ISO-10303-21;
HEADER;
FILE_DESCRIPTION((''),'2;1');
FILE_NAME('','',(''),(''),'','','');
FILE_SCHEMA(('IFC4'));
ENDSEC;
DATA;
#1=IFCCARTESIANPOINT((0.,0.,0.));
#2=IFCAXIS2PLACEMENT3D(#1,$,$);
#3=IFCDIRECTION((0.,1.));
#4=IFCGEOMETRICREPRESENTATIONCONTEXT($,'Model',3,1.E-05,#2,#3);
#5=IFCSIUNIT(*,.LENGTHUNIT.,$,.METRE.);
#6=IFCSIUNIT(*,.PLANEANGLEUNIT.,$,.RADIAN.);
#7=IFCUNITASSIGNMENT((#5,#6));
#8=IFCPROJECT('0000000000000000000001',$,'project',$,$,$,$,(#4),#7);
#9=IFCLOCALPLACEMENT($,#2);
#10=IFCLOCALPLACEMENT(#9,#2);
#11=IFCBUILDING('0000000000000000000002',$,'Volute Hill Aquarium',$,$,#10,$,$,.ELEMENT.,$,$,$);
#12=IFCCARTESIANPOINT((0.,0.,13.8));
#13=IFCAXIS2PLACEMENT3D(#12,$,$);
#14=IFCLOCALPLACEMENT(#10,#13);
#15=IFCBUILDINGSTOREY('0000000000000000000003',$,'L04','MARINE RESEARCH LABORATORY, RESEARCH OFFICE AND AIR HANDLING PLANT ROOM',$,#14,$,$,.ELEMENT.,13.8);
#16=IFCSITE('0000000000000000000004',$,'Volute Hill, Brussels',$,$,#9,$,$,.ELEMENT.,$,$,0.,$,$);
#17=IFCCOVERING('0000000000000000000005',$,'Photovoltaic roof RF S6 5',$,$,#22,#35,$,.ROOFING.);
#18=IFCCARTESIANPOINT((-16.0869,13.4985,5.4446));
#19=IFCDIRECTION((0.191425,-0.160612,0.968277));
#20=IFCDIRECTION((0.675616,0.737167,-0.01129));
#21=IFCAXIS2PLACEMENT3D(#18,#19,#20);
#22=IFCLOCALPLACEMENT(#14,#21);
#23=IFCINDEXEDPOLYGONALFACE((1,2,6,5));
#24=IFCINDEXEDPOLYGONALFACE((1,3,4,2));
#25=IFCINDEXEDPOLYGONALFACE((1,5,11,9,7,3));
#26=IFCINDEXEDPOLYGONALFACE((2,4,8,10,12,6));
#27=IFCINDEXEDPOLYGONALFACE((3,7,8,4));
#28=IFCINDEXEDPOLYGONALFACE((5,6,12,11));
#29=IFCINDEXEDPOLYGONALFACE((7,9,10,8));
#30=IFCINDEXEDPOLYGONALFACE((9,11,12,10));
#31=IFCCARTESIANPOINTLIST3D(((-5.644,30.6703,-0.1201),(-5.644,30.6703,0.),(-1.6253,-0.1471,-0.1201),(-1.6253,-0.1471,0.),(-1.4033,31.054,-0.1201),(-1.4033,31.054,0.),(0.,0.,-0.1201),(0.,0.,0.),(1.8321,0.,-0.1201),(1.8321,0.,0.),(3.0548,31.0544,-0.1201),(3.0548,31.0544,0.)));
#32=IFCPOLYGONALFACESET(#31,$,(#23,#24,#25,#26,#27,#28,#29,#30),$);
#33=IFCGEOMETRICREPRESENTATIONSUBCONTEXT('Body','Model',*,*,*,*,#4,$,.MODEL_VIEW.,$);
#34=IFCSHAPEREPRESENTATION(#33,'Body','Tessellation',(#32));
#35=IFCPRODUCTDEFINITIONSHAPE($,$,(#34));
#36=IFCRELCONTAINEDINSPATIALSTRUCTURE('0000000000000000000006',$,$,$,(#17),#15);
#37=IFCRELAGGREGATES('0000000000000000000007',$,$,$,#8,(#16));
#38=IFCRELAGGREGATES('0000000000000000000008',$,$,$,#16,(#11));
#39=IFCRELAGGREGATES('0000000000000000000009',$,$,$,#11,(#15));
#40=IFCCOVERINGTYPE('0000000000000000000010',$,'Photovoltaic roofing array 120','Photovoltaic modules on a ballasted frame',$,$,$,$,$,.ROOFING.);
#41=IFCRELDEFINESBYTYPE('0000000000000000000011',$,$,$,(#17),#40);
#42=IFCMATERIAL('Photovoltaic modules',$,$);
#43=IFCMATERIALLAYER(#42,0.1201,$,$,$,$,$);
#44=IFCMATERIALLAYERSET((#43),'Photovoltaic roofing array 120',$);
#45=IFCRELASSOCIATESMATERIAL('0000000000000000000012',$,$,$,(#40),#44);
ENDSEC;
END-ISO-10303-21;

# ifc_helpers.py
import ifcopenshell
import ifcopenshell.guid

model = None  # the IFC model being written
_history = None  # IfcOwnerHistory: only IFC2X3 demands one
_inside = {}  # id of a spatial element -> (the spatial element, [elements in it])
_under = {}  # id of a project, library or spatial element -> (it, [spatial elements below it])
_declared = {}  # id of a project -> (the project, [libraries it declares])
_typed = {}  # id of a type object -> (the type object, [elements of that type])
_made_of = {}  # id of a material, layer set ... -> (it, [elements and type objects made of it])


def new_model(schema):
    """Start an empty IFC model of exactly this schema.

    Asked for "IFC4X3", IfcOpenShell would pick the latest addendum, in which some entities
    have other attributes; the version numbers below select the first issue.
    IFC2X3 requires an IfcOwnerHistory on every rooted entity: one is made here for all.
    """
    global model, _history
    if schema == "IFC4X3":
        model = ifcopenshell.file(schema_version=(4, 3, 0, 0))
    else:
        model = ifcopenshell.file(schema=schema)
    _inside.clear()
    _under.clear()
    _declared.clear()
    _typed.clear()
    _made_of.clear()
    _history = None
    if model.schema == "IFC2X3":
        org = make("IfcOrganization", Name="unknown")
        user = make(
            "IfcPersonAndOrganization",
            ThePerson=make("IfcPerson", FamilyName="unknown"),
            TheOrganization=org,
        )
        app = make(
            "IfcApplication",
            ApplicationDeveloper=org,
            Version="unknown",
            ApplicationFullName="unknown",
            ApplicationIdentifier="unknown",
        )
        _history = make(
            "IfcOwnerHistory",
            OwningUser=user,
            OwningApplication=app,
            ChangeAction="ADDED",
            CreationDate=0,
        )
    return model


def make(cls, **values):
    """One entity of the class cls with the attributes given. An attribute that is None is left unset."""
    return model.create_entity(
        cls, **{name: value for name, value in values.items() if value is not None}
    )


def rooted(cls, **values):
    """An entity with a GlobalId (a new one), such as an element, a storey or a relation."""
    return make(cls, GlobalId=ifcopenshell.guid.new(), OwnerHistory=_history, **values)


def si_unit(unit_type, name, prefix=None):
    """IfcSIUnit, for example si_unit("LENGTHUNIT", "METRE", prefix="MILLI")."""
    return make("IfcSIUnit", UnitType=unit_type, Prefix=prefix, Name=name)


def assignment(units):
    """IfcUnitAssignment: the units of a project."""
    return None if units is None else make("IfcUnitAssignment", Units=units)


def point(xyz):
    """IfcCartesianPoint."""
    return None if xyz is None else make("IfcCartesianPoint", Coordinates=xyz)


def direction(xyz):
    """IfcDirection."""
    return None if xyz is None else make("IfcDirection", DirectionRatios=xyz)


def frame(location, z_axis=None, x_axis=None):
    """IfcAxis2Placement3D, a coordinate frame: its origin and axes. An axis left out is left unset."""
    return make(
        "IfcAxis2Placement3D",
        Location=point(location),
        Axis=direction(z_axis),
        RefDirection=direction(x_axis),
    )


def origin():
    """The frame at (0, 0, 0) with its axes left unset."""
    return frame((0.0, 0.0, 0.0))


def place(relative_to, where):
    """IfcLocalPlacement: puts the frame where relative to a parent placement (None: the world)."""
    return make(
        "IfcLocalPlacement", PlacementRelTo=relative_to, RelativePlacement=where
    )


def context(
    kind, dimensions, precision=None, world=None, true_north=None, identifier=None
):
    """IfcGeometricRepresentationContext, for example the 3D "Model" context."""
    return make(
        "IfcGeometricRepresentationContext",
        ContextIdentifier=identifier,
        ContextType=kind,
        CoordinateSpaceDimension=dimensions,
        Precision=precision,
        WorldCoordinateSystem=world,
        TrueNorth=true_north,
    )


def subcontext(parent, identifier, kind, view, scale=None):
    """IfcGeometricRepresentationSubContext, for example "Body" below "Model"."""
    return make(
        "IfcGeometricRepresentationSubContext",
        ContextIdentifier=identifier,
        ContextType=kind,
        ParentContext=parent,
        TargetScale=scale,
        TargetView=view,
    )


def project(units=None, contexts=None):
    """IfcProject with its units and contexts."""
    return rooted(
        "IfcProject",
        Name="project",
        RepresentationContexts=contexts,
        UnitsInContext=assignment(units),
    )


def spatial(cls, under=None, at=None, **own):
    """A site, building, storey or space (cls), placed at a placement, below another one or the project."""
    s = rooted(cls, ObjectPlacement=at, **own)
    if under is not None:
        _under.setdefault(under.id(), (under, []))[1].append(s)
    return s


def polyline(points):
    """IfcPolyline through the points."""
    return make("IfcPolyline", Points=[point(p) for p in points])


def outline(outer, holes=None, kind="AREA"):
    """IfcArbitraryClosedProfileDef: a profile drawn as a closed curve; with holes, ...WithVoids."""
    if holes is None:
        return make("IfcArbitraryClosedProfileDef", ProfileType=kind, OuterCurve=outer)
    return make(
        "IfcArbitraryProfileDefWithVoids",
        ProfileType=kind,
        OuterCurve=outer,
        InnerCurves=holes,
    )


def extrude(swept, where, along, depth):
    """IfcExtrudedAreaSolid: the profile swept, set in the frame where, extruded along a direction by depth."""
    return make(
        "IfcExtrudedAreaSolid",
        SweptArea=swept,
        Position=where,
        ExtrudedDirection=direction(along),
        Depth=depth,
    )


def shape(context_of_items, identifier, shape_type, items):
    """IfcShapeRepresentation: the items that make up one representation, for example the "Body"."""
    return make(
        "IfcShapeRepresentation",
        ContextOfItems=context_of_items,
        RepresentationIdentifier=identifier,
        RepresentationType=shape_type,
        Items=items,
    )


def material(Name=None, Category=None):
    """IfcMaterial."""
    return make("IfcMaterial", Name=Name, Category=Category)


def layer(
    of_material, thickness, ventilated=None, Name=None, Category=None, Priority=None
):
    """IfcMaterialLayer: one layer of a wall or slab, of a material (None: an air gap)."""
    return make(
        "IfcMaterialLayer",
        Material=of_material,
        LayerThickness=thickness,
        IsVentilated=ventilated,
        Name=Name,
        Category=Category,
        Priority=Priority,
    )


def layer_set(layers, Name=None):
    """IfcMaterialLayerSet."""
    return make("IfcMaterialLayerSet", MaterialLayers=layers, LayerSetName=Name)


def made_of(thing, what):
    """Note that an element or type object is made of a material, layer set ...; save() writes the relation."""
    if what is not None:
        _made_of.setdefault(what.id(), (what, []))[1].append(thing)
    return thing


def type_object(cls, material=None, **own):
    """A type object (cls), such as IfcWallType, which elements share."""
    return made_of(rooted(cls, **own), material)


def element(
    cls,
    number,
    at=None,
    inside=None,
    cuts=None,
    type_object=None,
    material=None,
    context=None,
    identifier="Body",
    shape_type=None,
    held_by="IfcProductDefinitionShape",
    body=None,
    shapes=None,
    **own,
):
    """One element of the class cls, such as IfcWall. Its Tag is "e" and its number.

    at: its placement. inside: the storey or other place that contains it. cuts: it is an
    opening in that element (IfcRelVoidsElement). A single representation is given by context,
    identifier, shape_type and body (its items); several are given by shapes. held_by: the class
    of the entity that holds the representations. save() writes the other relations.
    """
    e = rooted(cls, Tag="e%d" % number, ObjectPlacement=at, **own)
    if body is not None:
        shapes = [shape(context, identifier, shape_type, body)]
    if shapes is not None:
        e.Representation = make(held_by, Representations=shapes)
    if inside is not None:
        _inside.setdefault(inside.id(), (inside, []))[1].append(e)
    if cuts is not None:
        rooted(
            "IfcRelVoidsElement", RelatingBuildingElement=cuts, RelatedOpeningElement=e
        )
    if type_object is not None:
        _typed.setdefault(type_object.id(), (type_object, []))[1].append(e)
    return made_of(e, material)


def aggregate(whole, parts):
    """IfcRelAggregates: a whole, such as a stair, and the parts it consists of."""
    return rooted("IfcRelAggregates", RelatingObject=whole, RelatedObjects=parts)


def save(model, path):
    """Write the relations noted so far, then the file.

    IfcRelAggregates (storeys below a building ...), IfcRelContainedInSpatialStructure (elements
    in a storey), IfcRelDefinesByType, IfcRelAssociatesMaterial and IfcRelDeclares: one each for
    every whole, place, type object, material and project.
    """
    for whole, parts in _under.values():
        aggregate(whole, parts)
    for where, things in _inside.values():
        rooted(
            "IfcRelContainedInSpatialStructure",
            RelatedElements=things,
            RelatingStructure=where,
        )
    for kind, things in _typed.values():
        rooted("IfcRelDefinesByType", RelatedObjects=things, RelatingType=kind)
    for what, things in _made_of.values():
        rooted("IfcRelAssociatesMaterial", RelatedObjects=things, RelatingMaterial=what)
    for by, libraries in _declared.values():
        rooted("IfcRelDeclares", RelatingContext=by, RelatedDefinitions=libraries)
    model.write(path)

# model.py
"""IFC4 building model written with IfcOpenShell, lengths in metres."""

from ifc_helpers import new_model, si_unit, direction, frame, origin, place, context, subcontext, project, spatial, polyline, outline, extrude, material, layer, layer_set, type_object, element, save


model = new_model("IFC4")

# Units and contexts
model_context = context("Model", 3, precision=1e-05, world=origin(), true_north=direction((0.0, 1.0)))
body_context = subcontext(model_context, "Body", "Model", "MODEL_VIEW")
ifc_project = project(units=[si_unit("LENGTHUNIT", "METRE"), si_unit("PLANEANGLEUNIT", "RADIAN")], contexts=[model_context])

# Site, building, storey
site_placement = place(None, origin())
site = spatial("IfcSite", under=ifc_project, at=site_placement, Name="Volute Hill, Brussels", CompositionType="ELEMENT", RefElevation=0.0)
building_placement = place(site_placement, origin())
building = spatial("IfcBuilding", under=site, at=building_placement, Name="Volute Hill Aquarium", CompositionType="ELEMENT")
storey_placement = place(building_placement, frame((0.0, 0.0, 13.8)))
storey = spatial("IfcBuildingStorey", under=building, at=storey_placement, Name="L04", Description="MARINE RESEARCH LABORATORY, RESEARCH OFFICE AND AIR HANDLING PLANT ROOM", CompositionType="ELEMENT", Elevation=13.8)

# Covering
ifc_material_1 = material(Name="Photovoltaic modules")
ifc_layer_1 = layer(ifc_material_1, 0.1201)
ifc_layer_set_1 = layer_set([ifc_layer_1], Name="Photovoltaic roofing array 120")
covering_type_1 = type_object("IfcCoveringType", Name="Photovoltaic roofing array 120", Description="Photovoltaic modules on a ballasted frame", PredefinedType="ROOFING", material=ifc_layer_set_1)
covering_1_placement = place(storey_placement, frame((-16.0869, 13.4985, 5.4446), z_axis=(0.191425, -0.160612, 0.968277), x_axis=(0.675616, 0.737167, -0.01129)))
element("IfcCovering", 1, at=covering_1_placement, inside=storey, type_object=covering_type_1, Name="Photovoltaic roof RF S6 5", PredefinedType="ROOFING", context=body_context, shape_type="SweptSolid", body=[
    extrude(outline(polyline([(0.0, 0.0), (1.8321, 0.0), (3.0548, 31.0544), (-1.4033, 31.054), (-5.644, 30.6703), (-1.6253, -0.1471), (0.0, 0.0)])), origin(), (0.0, 0.0, -1.0), 0.1201),
])

save(model, "model.ifc")
